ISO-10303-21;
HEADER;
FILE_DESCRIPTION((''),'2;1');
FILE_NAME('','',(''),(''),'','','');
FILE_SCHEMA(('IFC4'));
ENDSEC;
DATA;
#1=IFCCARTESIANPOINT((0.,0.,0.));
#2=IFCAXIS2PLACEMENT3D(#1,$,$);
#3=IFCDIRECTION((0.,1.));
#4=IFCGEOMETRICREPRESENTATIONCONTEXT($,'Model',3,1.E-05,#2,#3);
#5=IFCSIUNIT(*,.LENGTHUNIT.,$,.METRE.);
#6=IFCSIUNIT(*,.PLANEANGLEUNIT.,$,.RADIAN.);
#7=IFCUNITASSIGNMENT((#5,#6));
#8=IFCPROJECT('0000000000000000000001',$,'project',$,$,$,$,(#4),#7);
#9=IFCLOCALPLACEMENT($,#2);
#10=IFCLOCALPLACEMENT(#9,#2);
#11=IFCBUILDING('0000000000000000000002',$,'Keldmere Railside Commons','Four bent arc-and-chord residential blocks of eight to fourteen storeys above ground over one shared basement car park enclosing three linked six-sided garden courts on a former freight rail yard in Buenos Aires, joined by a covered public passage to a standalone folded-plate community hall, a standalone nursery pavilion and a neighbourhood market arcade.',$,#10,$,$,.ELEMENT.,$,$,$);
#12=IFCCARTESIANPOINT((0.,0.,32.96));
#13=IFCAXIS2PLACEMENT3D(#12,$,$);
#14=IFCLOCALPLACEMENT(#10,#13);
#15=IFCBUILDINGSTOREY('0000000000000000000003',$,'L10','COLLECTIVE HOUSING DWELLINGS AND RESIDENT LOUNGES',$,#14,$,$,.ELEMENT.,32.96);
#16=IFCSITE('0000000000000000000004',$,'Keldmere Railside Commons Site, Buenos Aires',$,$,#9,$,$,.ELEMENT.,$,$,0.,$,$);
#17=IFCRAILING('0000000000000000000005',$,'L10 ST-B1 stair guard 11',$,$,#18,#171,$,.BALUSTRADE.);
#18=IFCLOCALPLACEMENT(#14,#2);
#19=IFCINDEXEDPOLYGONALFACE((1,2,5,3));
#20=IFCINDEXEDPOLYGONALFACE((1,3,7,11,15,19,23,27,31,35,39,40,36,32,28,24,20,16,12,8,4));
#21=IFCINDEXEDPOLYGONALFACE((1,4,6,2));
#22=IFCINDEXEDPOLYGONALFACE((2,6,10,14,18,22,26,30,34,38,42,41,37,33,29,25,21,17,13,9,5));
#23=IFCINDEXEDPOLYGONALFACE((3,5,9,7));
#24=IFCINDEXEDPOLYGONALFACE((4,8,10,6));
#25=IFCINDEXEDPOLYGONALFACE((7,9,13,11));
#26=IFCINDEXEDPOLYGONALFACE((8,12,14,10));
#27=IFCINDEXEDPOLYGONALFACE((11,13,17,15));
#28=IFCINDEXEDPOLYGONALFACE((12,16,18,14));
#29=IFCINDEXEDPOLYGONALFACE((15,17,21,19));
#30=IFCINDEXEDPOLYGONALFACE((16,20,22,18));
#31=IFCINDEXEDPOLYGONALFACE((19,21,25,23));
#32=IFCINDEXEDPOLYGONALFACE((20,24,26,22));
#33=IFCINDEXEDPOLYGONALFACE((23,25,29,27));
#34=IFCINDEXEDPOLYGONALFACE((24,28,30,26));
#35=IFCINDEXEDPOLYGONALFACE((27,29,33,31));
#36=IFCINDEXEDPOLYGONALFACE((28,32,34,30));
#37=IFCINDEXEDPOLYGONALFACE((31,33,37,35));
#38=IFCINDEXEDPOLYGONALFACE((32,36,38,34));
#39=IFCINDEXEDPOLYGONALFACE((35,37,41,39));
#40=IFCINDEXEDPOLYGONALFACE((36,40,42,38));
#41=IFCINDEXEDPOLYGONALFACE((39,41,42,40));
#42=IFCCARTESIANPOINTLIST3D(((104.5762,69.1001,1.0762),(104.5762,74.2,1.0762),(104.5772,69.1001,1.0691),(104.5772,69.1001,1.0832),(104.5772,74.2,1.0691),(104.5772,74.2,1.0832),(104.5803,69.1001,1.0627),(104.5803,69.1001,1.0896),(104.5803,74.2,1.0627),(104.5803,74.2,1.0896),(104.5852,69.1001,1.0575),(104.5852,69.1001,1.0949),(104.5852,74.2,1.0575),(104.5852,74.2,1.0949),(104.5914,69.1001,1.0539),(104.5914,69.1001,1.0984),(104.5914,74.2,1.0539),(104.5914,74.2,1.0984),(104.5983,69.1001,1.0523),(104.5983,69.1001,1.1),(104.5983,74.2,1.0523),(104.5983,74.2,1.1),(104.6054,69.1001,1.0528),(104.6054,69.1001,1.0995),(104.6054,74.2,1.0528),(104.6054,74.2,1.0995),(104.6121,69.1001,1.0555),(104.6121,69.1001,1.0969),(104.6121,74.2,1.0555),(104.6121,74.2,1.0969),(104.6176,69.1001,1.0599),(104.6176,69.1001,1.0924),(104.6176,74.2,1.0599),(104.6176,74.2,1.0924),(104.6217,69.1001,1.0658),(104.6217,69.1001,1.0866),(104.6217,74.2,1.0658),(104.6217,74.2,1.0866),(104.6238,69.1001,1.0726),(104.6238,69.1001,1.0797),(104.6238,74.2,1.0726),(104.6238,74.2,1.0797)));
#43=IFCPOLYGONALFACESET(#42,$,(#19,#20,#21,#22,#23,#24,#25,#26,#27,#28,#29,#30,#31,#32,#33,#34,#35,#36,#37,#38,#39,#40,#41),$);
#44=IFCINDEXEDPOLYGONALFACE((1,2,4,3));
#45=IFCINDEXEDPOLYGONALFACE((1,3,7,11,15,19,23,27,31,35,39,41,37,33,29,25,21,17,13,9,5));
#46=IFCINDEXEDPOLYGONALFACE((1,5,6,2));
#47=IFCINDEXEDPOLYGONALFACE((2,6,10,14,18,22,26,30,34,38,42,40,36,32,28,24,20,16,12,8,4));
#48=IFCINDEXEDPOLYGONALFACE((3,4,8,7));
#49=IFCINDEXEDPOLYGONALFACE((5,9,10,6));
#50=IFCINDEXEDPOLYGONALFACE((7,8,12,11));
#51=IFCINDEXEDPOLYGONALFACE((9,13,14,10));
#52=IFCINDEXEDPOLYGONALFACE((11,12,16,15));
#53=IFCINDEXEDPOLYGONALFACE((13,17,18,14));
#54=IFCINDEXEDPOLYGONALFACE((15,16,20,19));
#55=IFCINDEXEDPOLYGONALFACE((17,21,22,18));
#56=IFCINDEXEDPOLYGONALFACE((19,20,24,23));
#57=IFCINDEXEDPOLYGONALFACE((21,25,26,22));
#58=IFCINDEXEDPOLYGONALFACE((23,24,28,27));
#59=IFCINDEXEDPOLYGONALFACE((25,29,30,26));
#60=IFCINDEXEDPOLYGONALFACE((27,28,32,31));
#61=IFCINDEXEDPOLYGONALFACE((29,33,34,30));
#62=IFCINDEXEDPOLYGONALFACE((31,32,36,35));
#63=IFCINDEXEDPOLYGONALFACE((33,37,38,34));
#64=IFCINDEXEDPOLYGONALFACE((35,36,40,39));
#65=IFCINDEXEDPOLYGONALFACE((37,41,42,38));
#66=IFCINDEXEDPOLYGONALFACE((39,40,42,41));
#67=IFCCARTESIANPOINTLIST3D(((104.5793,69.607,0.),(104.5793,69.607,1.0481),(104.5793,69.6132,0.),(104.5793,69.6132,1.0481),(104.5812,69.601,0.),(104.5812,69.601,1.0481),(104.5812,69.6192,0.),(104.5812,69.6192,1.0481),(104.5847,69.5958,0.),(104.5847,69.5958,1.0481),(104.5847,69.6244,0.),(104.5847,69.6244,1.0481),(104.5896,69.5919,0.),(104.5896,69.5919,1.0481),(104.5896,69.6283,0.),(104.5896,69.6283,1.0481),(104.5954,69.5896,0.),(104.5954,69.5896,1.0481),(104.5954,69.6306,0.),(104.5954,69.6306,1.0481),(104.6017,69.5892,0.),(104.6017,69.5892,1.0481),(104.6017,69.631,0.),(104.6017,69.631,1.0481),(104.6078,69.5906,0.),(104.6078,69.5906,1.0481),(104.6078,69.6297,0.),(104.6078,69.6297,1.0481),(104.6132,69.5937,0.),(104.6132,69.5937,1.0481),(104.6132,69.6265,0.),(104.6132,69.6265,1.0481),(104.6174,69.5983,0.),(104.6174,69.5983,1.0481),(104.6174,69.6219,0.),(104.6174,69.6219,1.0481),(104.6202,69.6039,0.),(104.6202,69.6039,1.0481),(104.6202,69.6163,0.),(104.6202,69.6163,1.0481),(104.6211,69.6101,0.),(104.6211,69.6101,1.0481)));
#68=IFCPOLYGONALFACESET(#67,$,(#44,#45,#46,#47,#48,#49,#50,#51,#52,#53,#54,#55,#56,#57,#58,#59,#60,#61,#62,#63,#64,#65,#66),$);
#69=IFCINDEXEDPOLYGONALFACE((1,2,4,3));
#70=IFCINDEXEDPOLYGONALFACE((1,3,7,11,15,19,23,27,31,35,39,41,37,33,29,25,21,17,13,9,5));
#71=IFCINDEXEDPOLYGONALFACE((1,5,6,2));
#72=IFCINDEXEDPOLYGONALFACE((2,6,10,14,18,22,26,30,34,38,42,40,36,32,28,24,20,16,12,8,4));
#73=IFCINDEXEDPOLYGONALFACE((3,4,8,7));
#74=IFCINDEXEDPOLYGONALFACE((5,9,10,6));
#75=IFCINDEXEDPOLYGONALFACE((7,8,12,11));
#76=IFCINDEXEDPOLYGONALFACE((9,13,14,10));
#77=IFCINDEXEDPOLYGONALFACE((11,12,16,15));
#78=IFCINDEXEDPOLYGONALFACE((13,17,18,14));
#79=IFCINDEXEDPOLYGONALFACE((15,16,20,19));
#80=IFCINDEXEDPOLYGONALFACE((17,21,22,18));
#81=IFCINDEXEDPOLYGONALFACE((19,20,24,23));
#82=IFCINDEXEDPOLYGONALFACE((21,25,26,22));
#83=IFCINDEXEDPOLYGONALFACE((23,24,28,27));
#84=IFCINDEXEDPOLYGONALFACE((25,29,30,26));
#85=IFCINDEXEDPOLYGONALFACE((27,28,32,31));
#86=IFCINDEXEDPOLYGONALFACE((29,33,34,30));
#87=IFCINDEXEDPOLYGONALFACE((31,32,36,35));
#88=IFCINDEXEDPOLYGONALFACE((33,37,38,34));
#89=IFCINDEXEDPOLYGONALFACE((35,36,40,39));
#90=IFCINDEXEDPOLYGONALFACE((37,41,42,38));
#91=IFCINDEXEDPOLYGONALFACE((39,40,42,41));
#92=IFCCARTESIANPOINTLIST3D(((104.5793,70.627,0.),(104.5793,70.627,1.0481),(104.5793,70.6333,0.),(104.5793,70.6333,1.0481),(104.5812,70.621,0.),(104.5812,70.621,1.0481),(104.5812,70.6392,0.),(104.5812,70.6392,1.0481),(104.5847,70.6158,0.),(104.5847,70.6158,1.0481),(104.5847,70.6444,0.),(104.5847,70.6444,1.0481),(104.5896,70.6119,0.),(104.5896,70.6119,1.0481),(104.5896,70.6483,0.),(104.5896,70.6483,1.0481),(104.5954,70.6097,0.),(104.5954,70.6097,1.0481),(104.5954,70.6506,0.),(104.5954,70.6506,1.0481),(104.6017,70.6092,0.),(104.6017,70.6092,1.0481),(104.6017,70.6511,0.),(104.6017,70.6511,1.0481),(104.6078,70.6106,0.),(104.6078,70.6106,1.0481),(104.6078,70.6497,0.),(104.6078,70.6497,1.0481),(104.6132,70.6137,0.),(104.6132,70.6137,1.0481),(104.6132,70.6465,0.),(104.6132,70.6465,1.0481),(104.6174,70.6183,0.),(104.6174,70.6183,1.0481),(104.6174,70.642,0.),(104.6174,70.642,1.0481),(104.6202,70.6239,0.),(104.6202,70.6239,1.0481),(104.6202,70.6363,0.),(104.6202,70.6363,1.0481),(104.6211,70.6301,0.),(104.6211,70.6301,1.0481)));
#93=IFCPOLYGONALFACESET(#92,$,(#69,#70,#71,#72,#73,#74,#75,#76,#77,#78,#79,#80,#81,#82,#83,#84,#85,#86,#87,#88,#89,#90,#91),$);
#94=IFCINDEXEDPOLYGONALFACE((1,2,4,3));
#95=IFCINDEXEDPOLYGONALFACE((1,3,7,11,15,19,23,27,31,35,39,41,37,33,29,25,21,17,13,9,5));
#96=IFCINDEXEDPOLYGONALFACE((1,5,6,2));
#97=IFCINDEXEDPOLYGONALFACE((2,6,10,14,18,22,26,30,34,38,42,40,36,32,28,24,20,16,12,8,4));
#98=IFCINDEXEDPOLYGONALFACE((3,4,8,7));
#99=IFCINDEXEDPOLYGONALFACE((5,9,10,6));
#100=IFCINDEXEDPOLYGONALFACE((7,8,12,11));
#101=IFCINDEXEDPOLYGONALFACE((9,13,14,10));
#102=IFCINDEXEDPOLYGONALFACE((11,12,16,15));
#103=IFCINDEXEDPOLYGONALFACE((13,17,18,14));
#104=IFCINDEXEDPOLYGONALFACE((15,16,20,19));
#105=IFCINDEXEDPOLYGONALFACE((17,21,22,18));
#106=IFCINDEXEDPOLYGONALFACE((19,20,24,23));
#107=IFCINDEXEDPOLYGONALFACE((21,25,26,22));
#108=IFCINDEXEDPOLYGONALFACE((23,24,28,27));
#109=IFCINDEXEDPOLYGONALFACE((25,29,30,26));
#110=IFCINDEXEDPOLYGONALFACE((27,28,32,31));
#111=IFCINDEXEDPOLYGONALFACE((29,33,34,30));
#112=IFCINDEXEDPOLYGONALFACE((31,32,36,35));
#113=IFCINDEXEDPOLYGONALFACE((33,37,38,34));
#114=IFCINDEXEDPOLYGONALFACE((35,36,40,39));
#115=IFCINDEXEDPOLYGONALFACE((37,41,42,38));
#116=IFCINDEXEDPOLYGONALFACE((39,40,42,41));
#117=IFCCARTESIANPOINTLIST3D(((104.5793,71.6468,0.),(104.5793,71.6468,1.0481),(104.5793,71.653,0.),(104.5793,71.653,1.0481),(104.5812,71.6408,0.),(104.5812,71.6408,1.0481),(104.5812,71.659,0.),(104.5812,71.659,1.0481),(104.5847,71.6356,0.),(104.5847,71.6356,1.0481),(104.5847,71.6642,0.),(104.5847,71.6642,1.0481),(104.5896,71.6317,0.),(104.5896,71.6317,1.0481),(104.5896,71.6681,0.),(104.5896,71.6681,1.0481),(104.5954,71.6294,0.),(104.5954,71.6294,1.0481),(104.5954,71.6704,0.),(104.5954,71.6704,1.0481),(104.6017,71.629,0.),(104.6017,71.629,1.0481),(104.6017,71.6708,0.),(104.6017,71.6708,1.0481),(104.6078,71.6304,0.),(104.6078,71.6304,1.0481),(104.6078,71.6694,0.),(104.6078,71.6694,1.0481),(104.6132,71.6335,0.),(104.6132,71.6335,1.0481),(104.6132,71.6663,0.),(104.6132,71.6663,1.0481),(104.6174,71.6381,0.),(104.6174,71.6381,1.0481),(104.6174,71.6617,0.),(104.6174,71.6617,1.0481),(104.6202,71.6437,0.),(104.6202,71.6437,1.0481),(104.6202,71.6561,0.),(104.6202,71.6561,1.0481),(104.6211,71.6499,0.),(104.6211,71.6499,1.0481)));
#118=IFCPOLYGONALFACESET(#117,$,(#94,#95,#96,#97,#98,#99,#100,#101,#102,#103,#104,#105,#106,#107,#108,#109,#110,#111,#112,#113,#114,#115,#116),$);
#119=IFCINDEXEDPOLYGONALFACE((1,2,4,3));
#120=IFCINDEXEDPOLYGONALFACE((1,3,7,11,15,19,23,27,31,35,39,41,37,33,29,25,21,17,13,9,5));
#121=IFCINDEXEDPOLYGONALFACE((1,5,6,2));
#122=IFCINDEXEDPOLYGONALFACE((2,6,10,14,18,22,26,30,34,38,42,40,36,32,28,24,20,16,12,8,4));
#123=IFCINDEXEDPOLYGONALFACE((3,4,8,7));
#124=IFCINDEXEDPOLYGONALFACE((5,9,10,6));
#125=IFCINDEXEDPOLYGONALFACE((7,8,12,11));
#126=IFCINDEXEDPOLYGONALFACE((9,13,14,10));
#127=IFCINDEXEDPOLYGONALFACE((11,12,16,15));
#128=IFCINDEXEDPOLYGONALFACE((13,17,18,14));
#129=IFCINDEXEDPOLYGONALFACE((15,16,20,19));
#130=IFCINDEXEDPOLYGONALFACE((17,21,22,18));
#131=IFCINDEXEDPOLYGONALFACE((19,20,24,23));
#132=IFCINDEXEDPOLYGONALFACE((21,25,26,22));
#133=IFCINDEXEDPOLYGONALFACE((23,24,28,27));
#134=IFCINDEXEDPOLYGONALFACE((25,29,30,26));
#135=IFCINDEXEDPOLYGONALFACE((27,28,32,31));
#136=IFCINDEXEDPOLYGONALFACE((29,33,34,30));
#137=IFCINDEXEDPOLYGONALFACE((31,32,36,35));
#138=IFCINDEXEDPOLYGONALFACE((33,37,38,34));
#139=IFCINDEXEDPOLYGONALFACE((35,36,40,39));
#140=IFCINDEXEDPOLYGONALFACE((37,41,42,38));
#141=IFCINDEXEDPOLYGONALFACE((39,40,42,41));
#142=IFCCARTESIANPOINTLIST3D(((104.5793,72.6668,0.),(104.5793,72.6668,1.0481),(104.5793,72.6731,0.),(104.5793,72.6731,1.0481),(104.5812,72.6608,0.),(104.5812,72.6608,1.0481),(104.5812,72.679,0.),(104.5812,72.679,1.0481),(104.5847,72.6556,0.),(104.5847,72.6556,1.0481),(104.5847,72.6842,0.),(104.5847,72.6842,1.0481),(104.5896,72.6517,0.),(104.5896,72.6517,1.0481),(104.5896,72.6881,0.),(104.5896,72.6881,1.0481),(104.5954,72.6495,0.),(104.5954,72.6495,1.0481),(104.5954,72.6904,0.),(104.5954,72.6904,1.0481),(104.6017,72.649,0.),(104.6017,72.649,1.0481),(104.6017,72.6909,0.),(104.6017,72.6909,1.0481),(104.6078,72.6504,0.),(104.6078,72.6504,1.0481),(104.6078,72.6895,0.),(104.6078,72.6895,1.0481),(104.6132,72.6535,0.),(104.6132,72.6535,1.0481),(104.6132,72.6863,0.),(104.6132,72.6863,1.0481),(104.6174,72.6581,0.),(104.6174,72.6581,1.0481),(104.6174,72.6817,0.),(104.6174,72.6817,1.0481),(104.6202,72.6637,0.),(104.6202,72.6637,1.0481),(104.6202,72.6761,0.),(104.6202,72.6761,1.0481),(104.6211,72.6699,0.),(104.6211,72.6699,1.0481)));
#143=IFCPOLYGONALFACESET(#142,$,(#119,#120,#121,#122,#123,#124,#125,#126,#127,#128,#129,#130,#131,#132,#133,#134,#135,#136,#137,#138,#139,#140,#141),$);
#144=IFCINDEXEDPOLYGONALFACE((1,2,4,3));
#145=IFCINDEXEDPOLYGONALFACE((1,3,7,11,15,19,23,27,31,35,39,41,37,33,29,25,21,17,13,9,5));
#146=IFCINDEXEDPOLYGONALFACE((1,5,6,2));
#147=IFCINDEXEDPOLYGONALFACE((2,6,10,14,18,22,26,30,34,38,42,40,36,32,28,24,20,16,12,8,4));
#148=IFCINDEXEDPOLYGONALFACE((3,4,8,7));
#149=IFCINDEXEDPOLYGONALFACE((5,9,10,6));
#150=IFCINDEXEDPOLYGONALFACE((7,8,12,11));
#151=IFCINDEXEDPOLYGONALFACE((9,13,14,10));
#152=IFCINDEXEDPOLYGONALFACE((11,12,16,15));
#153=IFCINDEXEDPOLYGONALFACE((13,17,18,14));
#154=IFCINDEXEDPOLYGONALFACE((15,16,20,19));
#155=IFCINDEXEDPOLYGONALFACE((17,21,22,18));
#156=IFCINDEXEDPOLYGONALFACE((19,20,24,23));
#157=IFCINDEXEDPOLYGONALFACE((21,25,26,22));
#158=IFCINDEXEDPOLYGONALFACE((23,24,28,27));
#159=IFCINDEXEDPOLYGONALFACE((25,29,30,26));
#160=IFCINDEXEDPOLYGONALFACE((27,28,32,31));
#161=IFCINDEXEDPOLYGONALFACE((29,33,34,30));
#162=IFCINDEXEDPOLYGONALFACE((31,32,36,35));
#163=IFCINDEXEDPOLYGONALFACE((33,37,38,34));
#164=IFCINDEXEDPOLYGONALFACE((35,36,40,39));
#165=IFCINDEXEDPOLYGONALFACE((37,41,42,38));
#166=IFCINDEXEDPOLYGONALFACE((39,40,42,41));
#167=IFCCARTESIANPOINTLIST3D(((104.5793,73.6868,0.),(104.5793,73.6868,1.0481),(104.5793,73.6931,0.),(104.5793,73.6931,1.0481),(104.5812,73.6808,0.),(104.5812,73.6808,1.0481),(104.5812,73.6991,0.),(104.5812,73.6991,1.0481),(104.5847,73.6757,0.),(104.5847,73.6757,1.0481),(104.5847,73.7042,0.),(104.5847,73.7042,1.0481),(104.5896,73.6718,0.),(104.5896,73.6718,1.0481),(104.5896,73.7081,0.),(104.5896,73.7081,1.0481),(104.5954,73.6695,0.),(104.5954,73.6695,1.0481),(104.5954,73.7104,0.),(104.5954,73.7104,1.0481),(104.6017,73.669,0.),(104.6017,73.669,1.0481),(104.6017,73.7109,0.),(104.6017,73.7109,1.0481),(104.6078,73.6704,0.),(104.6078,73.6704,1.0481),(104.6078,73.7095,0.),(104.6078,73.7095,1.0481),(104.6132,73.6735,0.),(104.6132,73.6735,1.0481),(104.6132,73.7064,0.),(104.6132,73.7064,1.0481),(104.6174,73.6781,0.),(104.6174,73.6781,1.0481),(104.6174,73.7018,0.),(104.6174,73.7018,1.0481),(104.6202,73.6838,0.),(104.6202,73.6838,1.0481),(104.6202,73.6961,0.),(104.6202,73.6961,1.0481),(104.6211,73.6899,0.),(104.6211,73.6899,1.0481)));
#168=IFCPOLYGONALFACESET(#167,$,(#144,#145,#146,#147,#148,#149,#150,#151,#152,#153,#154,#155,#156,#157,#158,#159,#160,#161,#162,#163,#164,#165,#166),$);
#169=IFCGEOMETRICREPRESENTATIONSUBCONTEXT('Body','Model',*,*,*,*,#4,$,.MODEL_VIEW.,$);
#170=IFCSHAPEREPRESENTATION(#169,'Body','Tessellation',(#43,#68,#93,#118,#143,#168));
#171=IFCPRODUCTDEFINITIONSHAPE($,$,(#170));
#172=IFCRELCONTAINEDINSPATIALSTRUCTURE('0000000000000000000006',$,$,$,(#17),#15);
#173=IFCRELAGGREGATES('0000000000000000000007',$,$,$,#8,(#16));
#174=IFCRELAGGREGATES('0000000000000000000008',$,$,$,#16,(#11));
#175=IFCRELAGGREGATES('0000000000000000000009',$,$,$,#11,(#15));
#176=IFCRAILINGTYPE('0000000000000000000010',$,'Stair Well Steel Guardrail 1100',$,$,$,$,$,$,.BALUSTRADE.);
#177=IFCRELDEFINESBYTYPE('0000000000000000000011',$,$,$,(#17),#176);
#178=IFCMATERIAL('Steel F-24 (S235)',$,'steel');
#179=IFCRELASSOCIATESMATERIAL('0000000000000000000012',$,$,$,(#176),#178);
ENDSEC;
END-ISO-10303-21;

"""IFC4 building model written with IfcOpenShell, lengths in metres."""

from ifc_helpers import new_model, si_unit, direction, frame, origin, origin_2d, place, context, subcontext, project, spatial, circle, extrude, material, type_object, element, save


model = new_model("IFC4")

# Units and contexts
model_context = context("Model", 3, precision=1e-05, world=origin(), true_north=direction((0.0, 1.0)))
body_context = subcontext(model_context, "Body", "Model", "MODEL_VIEW")
ifc_project = project(units=[si_unit("LENGTHUNIT", "METRE"), si_unit("PLANEANGLEUNIT", "RADIAN")], contexts=[model_context])

# Site, building, storey
site_placement = place(None, origin())
site = spatial("IfcSite", under=ifc_project, at=site_placement, Name="Keldmere Railside Commons Site, Buenos Aires", CompositionType="ELEMENT", RefElevation=0.0)
building_placement = place(site_placement, origin())
building = spatial("IfcBuilding", under=site, at=building_placement, Name="Keldmere Railside Commons", Description="Four bent arc-and-chord residential blocks of eight to fourteen storeys above ground over one shared basement car park enclosing three linked six-sided garden courts on a former freight rail yard in Buenos Aires, joined by a covered public passage to a standalone folded-plate community hall, a standalone nursery pavilion and a neighbourhood market arcade.", CompositionType="ELEMENT")
storey_placement = place(building_placement, frame((0.0, 0.0, 32.96)))
storey = spatial("IfcBuildingStorey", under=building, at=storey_placement, Name="L10", Description="COLLECTIVE HOUSING DWELLINGS AND RESIDENT LOUNGES", CompositionType="ELEMENT", Elevation=32.96)

# Shared definitions
ifc_material_1 = material(Name="Steel F-24 (S235)", Category="steel")

# Railing
railing_type_1 = type_object("IfcRailingType", Name="Stair Well Steel Guardrail 1100", PredefinedType="BALUSTRADE", material=ifc_material_1)
for number, where, name in (
    (1, (104.6001, 69.1001, 0.0), "L10 ST-B1 stair guard 11"),
):
    element("IfcRailing", number, at=place(storey_placement, frame(where)), inside=storey, type_object=railing_type_1, Name=name, PredefinedType="BALUSTRADE", context=body_context, shape_type="SweptSolid", body=[
        extrude(circle(Radius=0.0239, at=origin_2d()), frame((0.0, 0.0, 1.0762), z_axis=(0.0, 1.0, 0.0), x_axis=(-1.0, 0.0, 0.0)), (0.0, 0.0, 1.0), 5.0999),
        extrude(circle(Radius=0.021, at=origin_2d()), frame((0.0, 0.51, 0.0)), (0.0, 0.0, 1.0), 1.0481),
        extrude(circle(Radius=0.021, at=origin_2d()), frame((0.0, 1.53, 0.0)), (0.0, 0.0, 1.0), 1.0481),
        extrude(circle(Radius=0.021, at=origin_2d()), frame((0.0, 2.5498, 0.0)), (0.0, 0.0, 1.0), 1.0481),
        extrude(circle(Radius=0.021, at=origin_2d()), frame((0.0, 3.5698, 0.0)), (0.0, 0.0, 1.0), 1.0481),
        extrude(circle(Radius=0.021, at=origin_2d()), frame((0.0, 4.5898, 0.0)), (0.0, 0.0, 1.0), 1.0481),
    ])

save(model, "model.ifc")
